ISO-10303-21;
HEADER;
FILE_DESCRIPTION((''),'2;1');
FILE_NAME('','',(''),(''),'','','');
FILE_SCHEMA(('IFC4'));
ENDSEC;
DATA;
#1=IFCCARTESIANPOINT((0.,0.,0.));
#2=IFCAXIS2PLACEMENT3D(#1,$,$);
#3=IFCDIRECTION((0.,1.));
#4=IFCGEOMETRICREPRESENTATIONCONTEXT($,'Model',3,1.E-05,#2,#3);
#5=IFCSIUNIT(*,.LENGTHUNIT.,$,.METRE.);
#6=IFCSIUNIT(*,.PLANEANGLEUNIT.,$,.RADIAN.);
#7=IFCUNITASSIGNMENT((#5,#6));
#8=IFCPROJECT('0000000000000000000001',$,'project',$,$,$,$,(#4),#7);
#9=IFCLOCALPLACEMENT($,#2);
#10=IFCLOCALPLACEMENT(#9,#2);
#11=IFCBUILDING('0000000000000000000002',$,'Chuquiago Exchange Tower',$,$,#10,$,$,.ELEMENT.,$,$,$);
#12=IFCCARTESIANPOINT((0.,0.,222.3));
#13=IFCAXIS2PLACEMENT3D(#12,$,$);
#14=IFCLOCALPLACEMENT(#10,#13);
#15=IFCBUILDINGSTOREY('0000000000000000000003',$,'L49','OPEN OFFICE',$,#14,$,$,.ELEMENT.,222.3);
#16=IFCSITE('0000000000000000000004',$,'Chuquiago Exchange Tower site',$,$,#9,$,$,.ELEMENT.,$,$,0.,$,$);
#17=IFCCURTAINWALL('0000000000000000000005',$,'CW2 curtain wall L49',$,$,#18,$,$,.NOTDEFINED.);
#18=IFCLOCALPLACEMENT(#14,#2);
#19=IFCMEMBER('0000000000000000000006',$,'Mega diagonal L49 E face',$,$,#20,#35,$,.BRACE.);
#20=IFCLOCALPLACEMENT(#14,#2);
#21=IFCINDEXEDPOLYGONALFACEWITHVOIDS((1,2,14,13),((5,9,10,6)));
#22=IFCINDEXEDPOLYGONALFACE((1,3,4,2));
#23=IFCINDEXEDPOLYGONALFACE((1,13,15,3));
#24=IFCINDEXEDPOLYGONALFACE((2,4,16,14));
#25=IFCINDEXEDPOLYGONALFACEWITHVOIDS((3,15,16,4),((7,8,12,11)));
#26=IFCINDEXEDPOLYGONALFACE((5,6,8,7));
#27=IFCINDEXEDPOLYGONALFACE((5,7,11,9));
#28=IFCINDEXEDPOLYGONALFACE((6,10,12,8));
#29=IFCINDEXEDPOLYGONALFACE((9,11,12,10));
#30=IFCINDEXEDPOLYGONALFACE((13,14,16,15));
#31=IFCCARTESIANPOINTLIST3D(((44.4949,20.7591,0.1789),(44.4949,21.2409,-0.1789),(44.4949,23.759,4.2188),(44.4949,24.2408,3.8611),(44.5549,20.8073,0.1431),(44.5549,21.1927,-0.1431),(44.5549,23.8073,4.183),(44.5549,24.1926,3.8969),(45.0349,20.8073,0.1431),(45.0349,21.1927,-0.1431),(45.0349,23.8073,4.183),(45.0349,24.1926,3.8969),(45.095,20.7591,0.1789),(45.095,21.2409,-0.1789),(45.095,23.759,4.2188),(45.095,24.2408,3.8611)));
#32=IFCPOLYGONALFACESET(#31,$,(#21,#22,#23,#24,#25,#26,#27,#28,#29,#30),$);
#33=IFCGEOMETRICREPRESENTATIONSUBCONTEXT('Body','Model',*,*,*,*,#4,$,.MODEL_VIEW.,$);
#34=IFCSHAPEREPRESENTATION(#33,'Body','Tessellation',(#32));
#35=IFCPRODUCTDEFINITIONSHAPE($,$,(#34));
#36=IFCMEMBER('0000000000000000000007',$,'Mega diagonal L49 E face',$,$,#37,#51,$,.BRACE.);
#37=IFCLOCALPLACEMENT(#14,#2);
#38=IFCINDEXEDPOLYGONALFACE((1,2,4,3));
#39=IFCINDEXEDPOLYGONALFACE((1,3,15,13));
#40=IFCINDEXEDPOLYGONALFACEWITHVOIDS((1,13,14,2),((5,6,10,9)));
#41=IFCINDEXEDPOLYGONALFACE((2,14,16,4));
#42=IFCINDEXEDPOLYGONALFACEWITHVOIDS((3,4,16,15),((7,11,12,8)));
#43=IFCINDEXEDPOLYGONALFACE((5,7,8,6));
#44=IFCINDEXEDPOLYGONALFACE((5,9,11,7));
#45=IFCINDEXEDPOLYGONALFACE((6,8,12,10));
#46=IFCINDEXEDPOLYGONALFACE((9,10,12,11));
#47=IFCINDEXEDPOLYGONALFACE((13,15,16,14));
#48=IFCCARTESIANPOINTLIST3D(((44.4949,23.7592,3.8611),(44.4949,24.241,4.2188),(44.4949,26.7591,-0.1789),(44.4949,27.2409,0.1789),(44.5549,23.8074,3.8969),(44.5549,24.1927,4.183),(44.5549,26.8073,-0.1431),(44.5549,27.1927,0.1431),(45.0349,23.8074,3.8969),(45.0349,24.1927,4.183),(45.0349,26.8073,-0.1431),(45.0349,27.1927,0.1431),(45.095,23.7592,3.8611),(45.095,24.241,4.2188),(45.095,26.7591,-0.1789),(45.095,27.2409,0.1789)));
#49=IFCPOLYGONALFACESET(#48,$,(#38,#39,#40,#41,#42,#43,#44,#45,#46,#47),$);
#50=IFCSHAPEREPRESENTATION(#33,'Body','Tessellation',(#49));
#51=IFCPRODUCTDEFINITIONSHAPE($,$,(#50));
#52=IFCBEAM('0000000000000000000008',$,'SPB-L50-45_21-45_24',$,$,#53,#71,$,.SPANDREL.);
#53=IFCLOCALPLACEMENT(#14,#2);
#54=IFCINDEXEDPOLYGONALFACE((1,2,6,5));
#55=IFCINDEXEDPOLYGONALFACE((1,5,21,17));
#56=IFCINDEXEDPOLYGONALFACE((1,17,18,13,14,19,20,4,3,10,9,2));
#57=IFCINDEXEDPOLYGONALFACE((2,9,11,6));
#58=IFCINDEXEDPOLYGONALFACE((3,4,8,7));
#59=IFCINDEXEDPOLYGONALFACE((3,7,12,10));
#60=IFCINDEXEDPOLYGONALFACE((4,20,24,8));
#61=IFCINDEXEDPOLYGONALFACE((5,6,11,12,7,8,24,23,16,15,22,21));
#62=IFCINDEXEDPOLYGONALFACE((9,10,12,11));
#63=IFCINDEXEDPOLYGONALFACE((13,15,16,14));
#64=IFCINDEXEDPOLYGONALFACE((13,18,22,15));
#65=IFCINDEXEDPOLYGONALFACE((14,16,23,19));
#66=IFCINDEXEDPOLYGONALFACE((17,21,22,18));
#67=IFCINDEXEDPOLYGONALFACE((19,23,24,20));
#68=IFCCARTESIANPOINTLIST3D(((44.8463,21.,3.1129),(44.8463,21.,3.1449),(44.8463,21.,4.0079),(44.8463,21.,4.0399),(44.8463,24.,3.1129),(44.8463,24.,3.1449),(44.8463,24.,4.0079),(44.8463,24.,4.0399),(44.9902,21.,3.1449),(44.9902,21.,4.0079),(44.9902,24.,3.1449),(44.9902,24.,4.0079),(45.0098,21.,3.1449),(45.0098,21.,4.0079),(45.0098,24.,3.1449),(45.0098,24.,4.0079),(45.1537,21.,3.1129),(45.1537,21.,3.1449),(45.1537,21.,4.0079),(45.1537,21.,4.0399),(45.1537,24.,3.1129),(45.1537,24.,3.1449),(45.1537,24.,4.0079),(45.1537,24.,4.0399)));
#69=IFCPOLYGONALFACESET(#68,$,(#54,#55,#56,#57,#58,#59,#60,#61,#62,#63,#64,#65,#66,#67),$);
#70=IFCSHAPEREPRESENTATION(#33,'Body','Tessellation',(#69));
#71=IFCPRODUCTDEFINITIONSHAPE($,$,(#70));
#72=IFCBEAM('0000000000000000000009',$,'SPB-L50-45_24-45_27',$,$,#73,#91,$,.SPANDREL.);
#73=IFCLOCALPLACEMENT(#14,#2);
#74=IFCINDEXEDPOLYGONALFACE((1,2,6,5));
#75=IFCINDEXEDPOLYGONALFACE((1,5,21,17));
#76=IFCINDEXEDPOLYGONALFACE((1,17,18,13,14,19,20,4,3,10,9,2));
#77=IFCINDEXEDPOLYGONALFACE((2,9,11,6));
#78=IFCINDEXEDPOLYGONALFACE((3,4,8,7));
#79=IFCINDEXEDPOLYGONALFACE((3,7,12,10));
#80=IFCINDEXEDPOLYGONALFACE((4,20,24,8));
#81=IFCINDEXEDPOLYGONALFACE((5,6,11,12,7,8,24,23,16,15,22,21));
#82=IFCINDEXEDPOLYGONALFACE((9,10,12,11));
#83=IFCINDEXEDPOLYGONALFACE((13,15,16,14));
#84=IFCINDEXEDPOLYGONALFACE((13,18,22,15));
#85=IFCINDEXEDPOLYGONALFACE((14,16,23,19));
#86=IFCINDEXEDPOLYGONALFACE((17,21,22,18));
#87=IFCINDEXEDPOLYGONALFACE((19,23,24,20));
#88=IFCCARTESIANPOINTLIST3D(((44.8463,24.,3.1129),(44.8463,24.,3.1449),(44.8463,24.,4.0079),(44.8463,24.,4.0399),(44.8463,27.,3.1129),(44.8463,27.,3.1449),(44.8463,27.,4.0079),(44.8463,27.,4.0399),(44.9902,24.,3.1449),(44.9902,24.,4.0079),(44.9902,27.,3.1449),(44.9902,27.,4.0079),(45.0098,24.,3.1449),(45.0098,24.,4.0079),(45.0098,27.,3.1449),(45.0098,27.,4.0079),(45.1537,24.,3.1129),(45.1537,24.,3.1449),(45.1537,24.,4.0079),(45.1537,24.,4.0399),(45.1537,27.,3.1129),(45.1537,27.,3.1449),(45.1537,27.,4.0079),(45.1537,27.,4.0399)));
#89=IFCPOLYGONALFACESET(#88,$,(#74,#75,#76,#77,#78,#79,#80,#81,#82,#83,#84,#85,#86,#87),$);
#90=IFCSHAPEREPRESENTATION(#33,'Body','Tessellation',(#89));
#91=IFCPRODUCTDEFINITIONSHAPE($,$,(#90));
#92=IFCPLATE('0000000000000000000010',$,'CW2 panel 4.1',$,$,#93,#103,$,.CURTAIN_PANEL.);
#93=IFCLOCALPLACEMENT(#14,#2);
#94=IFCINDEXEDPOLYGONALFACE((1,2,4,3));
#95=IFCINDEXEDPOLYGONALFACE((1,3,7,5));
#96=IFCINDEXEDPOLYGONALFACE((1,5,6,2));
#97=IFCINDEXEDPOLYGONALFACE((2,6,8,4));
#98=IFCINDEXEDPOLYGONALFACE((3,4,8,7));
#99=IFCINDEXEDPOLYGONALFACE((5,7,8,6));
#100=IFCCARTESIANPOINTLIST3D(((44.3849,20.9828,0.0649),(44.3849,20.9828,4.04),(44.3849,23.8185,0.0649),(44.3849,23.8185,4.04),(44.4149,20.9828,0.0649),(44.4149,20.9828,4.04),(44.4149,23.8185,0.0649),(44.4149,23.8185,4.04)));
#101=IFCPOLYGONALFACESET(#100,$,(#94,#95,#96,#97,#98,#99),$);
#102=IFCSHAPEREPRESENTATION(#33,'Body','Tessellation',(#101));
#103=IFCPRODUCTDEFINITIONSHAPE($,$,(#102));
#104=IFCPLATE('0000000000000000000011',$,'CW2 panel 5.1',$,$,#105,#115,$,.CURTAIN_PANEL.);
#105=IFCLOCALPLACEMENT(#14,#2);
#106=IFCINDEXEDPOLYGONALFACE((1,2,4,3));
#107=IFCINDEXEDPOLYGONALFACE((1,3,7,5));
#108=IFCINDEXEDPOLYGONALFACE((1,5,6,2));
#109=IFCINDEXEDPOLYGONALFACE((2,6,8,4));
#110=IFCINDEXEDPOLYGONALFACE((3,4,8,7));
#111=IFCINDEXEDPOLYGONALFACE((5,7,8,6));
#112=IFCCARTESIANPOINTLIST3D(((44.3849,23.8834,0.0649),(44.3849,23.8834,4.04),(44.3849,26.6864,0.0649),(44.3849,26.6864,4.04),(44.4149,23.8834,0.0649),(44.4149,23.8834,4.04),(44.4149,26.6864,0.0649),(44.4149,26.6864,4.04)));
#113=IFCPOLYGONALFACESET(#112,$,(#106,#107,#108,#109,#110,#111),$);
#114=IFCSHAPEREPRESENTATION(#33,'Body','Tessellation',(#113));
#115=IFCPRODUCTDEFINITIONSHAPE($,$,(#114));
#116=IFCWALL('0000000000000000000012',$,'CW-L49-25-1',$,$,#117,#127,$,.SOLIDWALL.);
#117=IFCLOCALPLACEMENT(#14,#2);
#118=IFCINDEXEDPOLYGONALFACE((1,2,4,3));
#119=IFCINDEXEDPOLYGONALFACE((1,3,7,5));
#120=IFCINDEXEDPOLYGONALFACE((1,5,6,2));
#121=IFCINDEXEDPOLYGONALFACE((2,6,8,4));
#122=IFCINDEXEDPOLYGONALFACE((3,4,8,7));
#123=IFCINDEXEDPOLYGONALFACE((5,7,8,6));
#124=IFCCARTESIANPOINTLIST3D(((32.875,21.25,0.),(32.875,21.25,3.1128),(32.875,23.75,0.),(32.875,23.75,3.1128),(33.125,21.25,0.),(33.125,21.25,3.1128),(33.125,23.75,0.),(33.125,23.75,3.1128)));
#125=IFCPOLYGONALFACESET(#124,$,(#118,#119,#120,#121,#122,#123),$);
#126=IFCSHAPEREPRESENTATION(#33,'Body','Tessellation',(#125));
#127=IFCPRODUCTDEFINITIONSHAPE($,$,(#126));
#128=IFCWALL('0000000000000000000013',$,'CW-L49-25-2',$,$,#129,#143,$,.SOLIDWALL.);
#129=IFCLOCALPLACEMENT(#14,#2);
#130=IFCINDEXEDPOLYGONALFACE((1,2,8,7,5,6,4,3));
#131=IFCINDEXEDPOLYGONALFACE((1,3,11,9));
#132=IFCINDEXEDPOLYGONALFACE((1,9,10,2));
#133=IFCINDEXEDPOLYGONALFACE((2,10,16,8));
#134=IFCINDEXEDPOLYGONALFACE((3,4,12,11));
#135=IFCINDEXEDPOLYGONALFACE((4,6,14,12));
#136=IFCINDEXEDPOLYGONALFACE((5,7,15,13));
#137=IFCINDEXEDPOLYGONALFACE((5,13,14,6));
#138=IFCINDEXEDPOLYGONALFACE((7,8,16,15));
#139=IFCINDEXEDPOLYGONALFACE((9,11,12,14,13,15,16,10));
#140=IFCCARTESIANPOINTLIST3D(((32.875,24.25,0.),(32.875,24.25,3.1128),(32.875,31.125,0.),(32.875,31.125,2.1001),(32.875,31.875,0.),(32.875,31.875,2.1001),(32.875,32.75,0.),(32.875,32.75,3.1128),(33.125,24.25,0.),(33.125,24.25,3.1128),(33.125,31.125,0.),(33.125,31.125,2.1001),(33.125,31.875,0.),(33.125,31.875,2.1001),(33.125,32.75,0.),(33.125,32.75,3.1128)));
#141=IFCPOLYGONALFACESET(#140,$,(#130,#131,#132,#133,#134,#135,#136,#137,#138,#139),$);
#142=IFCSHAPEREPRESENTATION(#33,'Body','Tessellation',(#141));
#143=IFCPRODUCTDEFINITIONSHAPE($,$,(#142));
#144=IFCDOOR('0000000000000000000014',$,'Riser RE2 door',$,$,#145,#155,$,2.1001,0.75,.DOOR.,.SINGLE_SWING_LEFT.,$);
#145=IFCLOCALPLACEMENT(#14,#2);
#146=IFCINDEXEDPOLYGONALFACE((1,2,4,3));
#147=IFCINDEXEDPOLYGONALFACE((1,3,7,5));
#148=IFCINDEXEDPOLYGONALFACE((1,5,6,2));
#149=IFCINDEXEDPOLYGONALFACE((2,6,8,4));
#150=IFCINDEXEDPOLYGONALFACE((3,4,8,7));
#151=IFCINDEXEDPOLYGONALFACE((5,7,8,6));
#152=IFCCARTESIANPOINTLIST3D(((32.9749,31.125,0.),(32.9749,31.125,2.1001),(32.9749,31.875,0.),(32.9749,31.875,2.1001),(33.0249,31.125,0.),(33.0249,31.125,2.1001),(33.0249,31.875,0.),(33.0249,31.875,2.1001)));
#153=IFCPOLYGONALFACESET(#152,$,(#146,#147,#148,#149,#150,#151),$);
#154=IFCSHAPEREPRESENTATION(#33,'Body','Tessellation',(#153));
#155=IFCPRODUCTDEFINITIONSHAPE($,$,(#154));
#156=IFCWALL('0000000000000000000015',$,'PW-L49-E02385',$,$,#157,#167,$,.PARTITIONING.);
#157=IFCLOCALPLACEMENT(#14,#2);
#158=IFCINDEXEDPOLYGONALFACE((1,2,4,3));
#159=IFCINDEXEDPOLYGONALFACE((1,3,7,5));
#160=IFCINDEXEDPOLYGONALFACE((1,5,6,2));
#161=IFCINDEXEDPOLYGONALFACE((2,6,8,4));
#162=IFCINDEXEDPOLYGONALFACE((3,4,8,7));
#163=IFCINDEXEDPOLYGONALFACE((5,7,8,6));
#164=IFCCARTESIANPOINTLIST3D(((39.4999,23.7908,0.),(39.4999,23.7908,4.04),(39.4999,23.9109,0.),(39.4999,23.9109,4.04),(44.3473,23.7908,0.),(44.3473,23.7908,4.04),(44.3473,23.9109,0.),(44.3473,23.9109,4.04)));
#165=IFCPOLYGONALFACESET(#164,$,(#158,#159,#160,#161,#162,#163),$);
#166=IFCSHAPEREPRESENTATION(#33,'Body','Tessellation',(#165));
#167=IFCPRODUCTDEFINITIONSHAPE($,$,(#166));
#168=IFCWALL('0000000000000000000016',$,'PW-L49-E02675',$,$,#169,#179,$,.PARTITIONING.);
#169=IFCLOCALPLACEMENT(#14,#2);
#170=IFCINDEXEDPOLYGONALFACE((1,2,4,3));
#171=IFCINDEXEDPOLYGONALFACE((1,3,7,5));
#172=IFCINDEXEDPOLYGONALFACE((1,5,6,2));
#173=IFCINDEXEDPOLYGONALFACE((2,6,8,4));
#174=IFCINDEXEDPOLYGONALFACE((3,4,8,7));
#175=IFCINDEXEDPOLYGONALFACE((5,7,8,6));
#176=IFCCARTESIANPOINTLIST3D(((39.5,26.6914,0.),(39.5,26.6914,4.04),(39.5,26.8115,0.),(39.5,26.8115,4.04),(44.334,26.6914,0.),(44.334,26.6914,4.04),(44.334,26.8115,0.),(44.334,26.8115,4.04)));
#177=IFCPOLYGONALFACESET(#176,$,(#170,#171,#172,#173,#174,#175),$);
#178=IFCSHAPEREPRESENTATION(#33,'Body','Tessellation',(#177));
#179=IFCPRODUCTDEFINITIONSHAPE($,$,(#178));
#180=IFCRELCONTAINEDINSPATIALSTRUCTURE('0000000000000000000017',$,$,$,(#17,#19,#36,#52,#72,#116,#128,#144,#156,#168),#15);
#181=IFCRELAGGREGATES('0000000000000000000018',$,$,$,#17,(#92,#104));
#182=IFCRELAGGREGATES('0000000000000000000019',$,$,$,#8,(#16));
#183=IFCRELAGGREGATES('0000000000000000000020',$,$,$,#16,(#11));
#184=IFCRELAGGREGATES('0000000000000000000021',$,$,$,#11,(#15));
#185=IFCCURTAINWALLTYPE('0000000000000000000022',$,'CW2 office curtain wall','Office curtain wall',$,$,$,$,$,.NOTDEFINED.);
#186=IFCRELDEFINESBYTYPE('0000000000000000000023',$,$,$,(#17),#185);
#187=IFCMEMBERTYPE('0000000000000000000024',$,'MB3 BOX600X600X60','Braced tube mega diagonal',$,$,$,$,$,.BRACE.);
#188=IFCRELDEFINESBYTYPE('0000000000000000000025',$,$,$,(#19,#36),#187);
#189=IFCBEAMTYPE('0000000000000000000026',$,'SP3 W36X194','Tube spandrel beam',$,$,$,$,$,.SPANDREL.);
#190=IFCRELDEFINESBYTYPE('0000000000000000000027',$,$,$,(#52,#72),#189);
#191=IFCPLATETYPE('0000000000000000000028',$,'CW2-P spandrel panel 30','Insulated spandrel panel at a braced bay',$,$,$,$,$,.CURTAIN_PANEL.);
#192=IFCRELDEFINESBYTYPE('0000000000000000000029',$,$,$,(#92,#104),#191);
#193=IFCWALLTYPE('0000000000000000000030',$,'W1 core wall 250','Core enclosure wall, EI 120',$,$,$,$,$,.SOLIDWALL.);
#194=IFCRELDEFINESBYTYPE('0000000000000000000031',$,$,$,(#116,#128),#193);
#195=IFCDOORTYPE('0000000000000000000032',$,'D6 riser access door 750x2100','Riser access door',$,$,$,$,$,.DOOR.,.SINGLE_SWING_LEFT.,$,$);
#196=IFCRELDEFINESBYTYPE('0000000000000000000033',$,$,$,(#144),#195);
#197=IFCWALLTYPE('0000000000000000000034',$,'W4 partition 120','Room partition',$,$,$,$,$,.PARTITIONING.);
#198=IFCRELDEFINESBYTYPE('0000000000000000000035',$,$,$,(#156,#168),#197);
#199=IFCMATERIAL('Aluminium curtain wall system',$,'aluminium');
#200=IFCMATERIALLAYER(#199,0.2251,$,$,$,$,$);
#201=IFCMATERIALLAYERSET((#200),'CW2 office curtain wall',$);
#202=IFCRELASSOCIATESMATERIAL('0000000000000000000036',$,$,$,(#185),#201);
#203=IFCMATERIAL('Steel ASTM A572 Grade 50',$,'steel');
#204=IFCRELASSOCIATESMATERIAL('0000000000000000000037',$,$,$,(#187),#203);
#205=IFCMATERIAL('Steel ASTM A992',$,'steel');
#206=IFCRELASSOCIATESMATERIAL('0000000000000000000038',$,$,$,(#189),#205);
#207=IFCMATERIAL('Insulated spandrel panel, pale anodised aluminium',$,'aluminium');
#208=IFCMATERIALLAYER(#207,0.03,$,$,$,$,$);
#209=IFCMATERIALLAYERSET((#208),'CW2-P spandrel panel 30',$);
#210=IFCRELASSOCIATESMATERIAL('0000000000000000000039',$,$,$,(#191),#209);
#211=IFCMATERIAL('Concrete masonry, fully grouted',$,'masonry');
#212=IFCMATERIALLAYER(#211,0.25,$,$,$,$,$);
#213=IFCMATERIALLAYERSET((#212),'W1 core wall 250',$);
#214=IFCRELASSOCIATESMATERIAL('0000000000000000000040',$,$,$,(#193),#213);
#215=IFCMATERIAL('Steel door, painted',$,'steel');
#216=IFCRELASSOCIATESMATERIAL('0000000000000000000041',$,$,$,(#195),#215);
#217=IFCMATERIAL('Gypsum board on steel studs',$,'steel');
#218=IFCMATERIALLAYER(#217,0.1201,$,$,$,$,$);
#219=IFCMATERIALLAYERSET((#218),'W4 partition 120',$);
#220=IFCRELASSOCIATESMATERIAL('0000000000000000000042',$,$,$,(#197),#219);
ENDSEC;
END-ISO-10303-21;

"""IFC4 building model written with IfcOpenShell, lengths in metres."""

from ifc_helpers import new_model, si_unit, direction, frame, frame_2d, origin, origin_2d, place, context, subcontext, project, spatial, rectangle, hollow_rectangle, i_section, extrude, material, layer, layer_set, material_profile, profile_set, type_object, element, fill, aggregate, save


model = new_model("IFC4")

# Units and contexts
model_context = context("Model", 3, precision=1e-05, world=origin(), true_north=direction((0.0, 1.0)))
body_context = subcontext(model_context, "Body", "Model", "MODEL_VIEW")
ifc_project = project(units=[si_unit("LENGTHUNIT", "METRE"), si_unit("PLANEANGLEUNIT", "RADIAN")], contexts=[model_context])

# Site, building, storey
site_placement = place(None, origin())
site = spatial("IfcSite", under=ifc_project, at=site_placement, Name="Chuquiago Exchange Tower site", CompositionType="ELEMENT", RefElevation=0.0)
building_placement = place(site_placement, origin())
building = spatial("IfcBuilding", under=site, at=building_placement, Name="Chuquiago Exchange Tower", CompositionType="ELEMENT")
storey_placement = place(building_placement, frame((0.0, 0.0, 222.3)))
storey = spatial("IfcBuildingStorey", under=building, at=storey_placement, Name="L49", Description="OPEN OFFICE", CompositionType="ELEMENT", Elevation=222.3)

# Curtain wall
ifc_material_1 = material(Name="Aluminium curtain wall system", Category="aluminium")
ifc_layer_1 = layer(ifc_material_1, 0.2251)
ifc_layer_set_1 = layer_set([ifc_layer_1], Name="CW2 office curtain wall")
curtain_wall_type_1 = type_object("IfcCurtainWallType", Name="CW2 office curtain wall", Description="Office curtain wall", PredefinedType="NOTDEFINED", material=ifc_layer_set_1)
curtain_wall_1_placement = place(storey_placement, origin())
curtain_wall_1 = element("IfcCurtainWall", 1, at=curtain_wall_1_placement, inside=storey, type_object=curtain_wall_type_1, Name="CW2 curtain wall L49", PredefinedType="NOTDEFINED")

# Members
ifc_material_2 = material(Name="Steel ASTM A572 Grade 50", Category="steel")
ifc_material_profile_1 = material_profile(ifc_material_2, hollow_rectangle(XDim=0.6001, YDim=0.6001, WallThickness=0.0601, at=origin_2d()), Name="BOX600X600X60")
ifc_profile_set_1 = profile_set([ifc_material_profile_1], Name="Steel ASTM A572 Grade 50")
member_type_1 = type_object("IfcMemberType", Name="MB3 BOX600X600X60", Description="Braced tube mega diagonal", PredefinedType="BRACE", material=ifc_profile_set_1)
for number, where, z_axis, x_axis, name in (
    (2, (44.7949, 21.0, 0.0), (0.0, 0.596174, 0.802855), (-1.0, 0.0, 0.0), "Mega diagonal L49 E face"),
    (3, (44.7949, 27.0, 0.0), (0.0, -0.596174, 0.802855), (1.0, 0.0, 0.0), "Mega diagonal L49 E face"),
):
    element("IfcMember", number, at=place(storey_placement, frame(where, z_axis=z_axis, x_axis=x_axis)), inside=storey, type_object=member_type_1, Name=name, PredefinedType="BRACE", context=body_context, shape_type="SweptSolid", body=[
        extrude(hollow_rectangle(XDim=0.6001, YDim=0.6001, WallThickness=0.0601, at=origin_2d()), origin(), (0.0, 0.0, 1.0), 5.032),
    ])

# Beams
ifc_material_3 = material(Name="Steel ASTM A992", Category="steel")
ifc_material_profile_2 = material_profile(ifc_material_3, i_section(OverallWidth=0.3074, OverallDepth=0.927, WebThickness=0.0195, FlangeThickness=0.032, at=origin_2d()), Name="W36X194")
ifc_profile_set_2 = profile_set([ifc_material_profile_2], Name="Steel ASTM A992")
beam_type_1 = type_object("IfcBeamType", Name="SP3 W36X194", Description="Tube spandrel beam", PredefinedType="SPANDREL", material=ifc_profile_set_2)
for number, where, z_axis, x_axis, name in (
    (4, (45.0, 21.0, 3.5764), (0.0, 1.0, 0.0), (-1.0, 0.0, 0.0), "SPB-L50-45_21-45_24"),
    (5, (45.0, 24.0, 3.5764), (0.0, 1.0, 0.0), (-1.0, 0.0, 0.0), "SPB-L50-45_24-45_27"),
):
    element("IfcBeam", number, at=place(storey_placement, frame(where, z_axis=z_axis, x_axis=x_axis)), inside=storey, type_object=beam_type_1, Name=name, PredefinedType="SPANDREL", context=body_context, shape_type="SweptSolid", body=[
        extrude(i_section(OverallWidth=0.3074, OverallDepth=0.927, WebThickness=0.0195, FlangeThickness=0.032, at=origin_2d()), origin(), (0.0, 0.0, 1.0), 3.0),
    ])

# Plates
ifc_material_4 = material(Name="Insulated spandrel panel, pale anodised aluminium", Category="aluminium")
ifc_layer_2 = layer(ifc_material_4, 0.03)
ifc_layer_set_2 = layer_set([ifc_layer_2], Name="CW2-P spandrel panel 30")
plate_type = type_object("IfcPlateType", Name="CW2-P spandrel panel 30", Description="Insulated spandrel panel at a braced bay", PredefinedType="CURTAIN_PANEL", material=ifc_layer_set_2)
plate_1_placement = place(storey_placement, frame((44.3999, 22.4006, 0.0649), z_axis=(0.0, 0.0, 1.0), x_axis=(0.0, 1.0, 0.0)))
plate_1 = element("IfcPlate", 6, at=plate_1_placement, type_object=plate_type, Name="CW2 panel 4.1", PredefinedType="CURTAIN_PANEL", context=body_context, shape_type="SweptSolid", body=[
    extrude(rectangle(XDim=2.8357, YDim=0.03, at=origin_2d()), origin(), (0.0, 0.0, 1.0), 3.9751),
])
plate_2_placement = place(storey_placement, frame((44.3999, 25.2849, 0.0649), z_axis=(0.0, 0.0, 1.0), x_axis=(0.0, 1.0, 0.0)))
plate_2 = element("IfcPlate", 7, at=plate_2_placement, type_object=plate_type, Name="CW2 panel 5.1", PredefinedType="CURTAIN_PANEL", context=body_context, shape_type="SweptSolid", body=[
    extrude(rectangle(XDim=2.803, YDim=0.03, at=origin_2d()), origin(), (0.0, 0.0, 1.0), 3.9751),
])
aggregate(curtain_wall_1, [plate_1, plate_2])

# Wall
ifc_material_5 = material(Name="Concrete masonry, fully grouted", Category="masonry")
ifc_layer_3 = layer(ifc_material_5, 0.25)
ifc_layer_set_3 = layer_set([ifc_layer_3], Name="W1 core wall 250")
wall_type_1 = type_object("IfcWallType", Name="W1 core wall 250", Description="Core enclosure wall, EI 120", PredefinedType="SOLIDWALL", material=ifc_layer_set_3)
wall_1_placement = place(storey_placement, frame((33.0, 21.25, 0.0), z_axis=(0.0, 0.0, 1.0), x_axis=(0.0, 1.0, 0.0)))
element("IfcWall", 8, at=wall_1_placement, inside=storey, type_object=wall_type_1, Name="CW-L49-25-1", PredefinedType="SOLIDWALL", context=body_context, shape_type="SweptSolid", body=[
    extrude(rectangle(XDim=2.5, YDim=0.25, at=frame_2d((1.25, 0.0))), origin(), (0.0, 0.0, 1.0), 3.1128),
])

# Wall, opening, door
wall_2_placement = place(storey_placement, frame((33.0, 24.25, 0.0), z_axis=(0.0, 0.0, 1.0), x_axis=(0.0, 1.0, 0.0)))
wall_2 = element("IfcWall", 9, at=wall_2_placement, inside=storey, type_object=wall_type_1, Name="CW-L49-25-2", PredefinedType="SOLIDWALL", context=body_context, shape_type="SweptSolid", body=[
    extrude(rectangle(XDim=8.5, YDim=0.25, at=frame_2d((4.25, 0.0))), origin(), (0.0, 0.0, 1.0), 3.1128),
])
opening_1_placement = place(wall_2_placement, frame((6.875, 0.0, 0.0)))
opening_1 = element("IfcOpeningElement", 10, at=opening_1_placement, cuts=wall_2, PredefinedType="OPENING", context=body_context, shape_type="SweptSolid", body=[
    extrude(rectangle(XDim=0.75, YDim=2.1001, at=frame_2d((0.375, 1.05))), frame((0.0, 0.135, 0.0), z_axis=(0.0, -1.0, 0.0), x_axis=(1.0, 0.0, 0.0)), (0.0, 0.0, 1.0), 0.27),
])
ifc_material_6 = material(Name="Steel door, painted", Category="steel")
door_type_1 = type_object("IfcDoorType", Name="D6 riser access door 750x2100", Description="Riser access door", OperationType="SINGLE_SWING_LEFT", PredefinedType="DOOR", material=ifc_material_6)
door_1_placement = place(opening_1_placement, frame((0.75, 0.0, 0.0), z_axis=(0.0, 0.0, 1.0), x_axis=(-1.0, 0.0, 0.0)))
door_1 = element("IfcDoor", 11, at=door_1_placement, inside=storey, type_object=door_type_1, Name="Riser RE2 door", OperationType="SINGLE_SWING_LEFT", OverallHeight=2.1001, OverallWidth=0.75, PredefinedType="DOOR", context=body_context, shape_type="SweptSolid", body=[
    extrude(rectangle(XDim=0.75, YDim=2.1001, at=frame_2d((0.375, 1.05))), frame((0.0, 0.0249, 0.0), z_axis=(0.0, -1.0, 0.0), x_axis=(1.0, 0.0, 0.0)), (0.0, 0.0, 1.0), 0.05),
])
fill(opening_1, door_1)

# Walls
ifc_material_7 = material(Name="Gypsum board on steel studs", Category="steel")
ifc_layer_4 = layer(ifc_material_7, 0.1201)
ifc_layer_set_4 = layer_set([ifc_layer_4], Name="W4 partition 120")
wall_type_2 = type_object("IfcWallType", Name="W4 partition 120", Description="Room partition", PredefinedType="PARTITIONING", material=ifc_layer_set_4)
wall_3_placement = place(storey_placement, frame((44.3474, 23.8508, 0.0), z_axis=(0.0, 0.0, 1.0), x_axis=(-1.0, 0.0, 0.0)))
element("IfcWall", 12, at=wall_3_placement, inside=storey, type_object=wall_type_2, Name="PW-L49-E02385", PredefinedType="PARTITIONING", context=body_context, shape_type="SweptSolid", body=[
    extrude(rectangle(XDim=4.8474, YDim=0.1201, at=frame_2d((2.4238, 0.0))), origin(), (0.0, 0.0, 1.0), 4.04),
])
wall_4_placement = place(storey_placement, frame((44.334, 26.7515, 0.0), z_axis=(0.0, 0.0, 1.0), x_axis=(-1.0, 0.0, 0.0)))
element("IfcWall", 13, at=wall_4_placement, inside=storey, type_object=wall_type_2, Name="PW-L49-E02675", PredefinedType="PARTITIONING", context=body_context, shape_type="SweptSolid", body=[
    extrude(rectangle(XDim=4.834, YDim=0.1201, at=frame_2d((2.417, 0.0))), origin(), (0.0, 0.0, 1.0), 4.04),
])

save(model, "model.ifc")
